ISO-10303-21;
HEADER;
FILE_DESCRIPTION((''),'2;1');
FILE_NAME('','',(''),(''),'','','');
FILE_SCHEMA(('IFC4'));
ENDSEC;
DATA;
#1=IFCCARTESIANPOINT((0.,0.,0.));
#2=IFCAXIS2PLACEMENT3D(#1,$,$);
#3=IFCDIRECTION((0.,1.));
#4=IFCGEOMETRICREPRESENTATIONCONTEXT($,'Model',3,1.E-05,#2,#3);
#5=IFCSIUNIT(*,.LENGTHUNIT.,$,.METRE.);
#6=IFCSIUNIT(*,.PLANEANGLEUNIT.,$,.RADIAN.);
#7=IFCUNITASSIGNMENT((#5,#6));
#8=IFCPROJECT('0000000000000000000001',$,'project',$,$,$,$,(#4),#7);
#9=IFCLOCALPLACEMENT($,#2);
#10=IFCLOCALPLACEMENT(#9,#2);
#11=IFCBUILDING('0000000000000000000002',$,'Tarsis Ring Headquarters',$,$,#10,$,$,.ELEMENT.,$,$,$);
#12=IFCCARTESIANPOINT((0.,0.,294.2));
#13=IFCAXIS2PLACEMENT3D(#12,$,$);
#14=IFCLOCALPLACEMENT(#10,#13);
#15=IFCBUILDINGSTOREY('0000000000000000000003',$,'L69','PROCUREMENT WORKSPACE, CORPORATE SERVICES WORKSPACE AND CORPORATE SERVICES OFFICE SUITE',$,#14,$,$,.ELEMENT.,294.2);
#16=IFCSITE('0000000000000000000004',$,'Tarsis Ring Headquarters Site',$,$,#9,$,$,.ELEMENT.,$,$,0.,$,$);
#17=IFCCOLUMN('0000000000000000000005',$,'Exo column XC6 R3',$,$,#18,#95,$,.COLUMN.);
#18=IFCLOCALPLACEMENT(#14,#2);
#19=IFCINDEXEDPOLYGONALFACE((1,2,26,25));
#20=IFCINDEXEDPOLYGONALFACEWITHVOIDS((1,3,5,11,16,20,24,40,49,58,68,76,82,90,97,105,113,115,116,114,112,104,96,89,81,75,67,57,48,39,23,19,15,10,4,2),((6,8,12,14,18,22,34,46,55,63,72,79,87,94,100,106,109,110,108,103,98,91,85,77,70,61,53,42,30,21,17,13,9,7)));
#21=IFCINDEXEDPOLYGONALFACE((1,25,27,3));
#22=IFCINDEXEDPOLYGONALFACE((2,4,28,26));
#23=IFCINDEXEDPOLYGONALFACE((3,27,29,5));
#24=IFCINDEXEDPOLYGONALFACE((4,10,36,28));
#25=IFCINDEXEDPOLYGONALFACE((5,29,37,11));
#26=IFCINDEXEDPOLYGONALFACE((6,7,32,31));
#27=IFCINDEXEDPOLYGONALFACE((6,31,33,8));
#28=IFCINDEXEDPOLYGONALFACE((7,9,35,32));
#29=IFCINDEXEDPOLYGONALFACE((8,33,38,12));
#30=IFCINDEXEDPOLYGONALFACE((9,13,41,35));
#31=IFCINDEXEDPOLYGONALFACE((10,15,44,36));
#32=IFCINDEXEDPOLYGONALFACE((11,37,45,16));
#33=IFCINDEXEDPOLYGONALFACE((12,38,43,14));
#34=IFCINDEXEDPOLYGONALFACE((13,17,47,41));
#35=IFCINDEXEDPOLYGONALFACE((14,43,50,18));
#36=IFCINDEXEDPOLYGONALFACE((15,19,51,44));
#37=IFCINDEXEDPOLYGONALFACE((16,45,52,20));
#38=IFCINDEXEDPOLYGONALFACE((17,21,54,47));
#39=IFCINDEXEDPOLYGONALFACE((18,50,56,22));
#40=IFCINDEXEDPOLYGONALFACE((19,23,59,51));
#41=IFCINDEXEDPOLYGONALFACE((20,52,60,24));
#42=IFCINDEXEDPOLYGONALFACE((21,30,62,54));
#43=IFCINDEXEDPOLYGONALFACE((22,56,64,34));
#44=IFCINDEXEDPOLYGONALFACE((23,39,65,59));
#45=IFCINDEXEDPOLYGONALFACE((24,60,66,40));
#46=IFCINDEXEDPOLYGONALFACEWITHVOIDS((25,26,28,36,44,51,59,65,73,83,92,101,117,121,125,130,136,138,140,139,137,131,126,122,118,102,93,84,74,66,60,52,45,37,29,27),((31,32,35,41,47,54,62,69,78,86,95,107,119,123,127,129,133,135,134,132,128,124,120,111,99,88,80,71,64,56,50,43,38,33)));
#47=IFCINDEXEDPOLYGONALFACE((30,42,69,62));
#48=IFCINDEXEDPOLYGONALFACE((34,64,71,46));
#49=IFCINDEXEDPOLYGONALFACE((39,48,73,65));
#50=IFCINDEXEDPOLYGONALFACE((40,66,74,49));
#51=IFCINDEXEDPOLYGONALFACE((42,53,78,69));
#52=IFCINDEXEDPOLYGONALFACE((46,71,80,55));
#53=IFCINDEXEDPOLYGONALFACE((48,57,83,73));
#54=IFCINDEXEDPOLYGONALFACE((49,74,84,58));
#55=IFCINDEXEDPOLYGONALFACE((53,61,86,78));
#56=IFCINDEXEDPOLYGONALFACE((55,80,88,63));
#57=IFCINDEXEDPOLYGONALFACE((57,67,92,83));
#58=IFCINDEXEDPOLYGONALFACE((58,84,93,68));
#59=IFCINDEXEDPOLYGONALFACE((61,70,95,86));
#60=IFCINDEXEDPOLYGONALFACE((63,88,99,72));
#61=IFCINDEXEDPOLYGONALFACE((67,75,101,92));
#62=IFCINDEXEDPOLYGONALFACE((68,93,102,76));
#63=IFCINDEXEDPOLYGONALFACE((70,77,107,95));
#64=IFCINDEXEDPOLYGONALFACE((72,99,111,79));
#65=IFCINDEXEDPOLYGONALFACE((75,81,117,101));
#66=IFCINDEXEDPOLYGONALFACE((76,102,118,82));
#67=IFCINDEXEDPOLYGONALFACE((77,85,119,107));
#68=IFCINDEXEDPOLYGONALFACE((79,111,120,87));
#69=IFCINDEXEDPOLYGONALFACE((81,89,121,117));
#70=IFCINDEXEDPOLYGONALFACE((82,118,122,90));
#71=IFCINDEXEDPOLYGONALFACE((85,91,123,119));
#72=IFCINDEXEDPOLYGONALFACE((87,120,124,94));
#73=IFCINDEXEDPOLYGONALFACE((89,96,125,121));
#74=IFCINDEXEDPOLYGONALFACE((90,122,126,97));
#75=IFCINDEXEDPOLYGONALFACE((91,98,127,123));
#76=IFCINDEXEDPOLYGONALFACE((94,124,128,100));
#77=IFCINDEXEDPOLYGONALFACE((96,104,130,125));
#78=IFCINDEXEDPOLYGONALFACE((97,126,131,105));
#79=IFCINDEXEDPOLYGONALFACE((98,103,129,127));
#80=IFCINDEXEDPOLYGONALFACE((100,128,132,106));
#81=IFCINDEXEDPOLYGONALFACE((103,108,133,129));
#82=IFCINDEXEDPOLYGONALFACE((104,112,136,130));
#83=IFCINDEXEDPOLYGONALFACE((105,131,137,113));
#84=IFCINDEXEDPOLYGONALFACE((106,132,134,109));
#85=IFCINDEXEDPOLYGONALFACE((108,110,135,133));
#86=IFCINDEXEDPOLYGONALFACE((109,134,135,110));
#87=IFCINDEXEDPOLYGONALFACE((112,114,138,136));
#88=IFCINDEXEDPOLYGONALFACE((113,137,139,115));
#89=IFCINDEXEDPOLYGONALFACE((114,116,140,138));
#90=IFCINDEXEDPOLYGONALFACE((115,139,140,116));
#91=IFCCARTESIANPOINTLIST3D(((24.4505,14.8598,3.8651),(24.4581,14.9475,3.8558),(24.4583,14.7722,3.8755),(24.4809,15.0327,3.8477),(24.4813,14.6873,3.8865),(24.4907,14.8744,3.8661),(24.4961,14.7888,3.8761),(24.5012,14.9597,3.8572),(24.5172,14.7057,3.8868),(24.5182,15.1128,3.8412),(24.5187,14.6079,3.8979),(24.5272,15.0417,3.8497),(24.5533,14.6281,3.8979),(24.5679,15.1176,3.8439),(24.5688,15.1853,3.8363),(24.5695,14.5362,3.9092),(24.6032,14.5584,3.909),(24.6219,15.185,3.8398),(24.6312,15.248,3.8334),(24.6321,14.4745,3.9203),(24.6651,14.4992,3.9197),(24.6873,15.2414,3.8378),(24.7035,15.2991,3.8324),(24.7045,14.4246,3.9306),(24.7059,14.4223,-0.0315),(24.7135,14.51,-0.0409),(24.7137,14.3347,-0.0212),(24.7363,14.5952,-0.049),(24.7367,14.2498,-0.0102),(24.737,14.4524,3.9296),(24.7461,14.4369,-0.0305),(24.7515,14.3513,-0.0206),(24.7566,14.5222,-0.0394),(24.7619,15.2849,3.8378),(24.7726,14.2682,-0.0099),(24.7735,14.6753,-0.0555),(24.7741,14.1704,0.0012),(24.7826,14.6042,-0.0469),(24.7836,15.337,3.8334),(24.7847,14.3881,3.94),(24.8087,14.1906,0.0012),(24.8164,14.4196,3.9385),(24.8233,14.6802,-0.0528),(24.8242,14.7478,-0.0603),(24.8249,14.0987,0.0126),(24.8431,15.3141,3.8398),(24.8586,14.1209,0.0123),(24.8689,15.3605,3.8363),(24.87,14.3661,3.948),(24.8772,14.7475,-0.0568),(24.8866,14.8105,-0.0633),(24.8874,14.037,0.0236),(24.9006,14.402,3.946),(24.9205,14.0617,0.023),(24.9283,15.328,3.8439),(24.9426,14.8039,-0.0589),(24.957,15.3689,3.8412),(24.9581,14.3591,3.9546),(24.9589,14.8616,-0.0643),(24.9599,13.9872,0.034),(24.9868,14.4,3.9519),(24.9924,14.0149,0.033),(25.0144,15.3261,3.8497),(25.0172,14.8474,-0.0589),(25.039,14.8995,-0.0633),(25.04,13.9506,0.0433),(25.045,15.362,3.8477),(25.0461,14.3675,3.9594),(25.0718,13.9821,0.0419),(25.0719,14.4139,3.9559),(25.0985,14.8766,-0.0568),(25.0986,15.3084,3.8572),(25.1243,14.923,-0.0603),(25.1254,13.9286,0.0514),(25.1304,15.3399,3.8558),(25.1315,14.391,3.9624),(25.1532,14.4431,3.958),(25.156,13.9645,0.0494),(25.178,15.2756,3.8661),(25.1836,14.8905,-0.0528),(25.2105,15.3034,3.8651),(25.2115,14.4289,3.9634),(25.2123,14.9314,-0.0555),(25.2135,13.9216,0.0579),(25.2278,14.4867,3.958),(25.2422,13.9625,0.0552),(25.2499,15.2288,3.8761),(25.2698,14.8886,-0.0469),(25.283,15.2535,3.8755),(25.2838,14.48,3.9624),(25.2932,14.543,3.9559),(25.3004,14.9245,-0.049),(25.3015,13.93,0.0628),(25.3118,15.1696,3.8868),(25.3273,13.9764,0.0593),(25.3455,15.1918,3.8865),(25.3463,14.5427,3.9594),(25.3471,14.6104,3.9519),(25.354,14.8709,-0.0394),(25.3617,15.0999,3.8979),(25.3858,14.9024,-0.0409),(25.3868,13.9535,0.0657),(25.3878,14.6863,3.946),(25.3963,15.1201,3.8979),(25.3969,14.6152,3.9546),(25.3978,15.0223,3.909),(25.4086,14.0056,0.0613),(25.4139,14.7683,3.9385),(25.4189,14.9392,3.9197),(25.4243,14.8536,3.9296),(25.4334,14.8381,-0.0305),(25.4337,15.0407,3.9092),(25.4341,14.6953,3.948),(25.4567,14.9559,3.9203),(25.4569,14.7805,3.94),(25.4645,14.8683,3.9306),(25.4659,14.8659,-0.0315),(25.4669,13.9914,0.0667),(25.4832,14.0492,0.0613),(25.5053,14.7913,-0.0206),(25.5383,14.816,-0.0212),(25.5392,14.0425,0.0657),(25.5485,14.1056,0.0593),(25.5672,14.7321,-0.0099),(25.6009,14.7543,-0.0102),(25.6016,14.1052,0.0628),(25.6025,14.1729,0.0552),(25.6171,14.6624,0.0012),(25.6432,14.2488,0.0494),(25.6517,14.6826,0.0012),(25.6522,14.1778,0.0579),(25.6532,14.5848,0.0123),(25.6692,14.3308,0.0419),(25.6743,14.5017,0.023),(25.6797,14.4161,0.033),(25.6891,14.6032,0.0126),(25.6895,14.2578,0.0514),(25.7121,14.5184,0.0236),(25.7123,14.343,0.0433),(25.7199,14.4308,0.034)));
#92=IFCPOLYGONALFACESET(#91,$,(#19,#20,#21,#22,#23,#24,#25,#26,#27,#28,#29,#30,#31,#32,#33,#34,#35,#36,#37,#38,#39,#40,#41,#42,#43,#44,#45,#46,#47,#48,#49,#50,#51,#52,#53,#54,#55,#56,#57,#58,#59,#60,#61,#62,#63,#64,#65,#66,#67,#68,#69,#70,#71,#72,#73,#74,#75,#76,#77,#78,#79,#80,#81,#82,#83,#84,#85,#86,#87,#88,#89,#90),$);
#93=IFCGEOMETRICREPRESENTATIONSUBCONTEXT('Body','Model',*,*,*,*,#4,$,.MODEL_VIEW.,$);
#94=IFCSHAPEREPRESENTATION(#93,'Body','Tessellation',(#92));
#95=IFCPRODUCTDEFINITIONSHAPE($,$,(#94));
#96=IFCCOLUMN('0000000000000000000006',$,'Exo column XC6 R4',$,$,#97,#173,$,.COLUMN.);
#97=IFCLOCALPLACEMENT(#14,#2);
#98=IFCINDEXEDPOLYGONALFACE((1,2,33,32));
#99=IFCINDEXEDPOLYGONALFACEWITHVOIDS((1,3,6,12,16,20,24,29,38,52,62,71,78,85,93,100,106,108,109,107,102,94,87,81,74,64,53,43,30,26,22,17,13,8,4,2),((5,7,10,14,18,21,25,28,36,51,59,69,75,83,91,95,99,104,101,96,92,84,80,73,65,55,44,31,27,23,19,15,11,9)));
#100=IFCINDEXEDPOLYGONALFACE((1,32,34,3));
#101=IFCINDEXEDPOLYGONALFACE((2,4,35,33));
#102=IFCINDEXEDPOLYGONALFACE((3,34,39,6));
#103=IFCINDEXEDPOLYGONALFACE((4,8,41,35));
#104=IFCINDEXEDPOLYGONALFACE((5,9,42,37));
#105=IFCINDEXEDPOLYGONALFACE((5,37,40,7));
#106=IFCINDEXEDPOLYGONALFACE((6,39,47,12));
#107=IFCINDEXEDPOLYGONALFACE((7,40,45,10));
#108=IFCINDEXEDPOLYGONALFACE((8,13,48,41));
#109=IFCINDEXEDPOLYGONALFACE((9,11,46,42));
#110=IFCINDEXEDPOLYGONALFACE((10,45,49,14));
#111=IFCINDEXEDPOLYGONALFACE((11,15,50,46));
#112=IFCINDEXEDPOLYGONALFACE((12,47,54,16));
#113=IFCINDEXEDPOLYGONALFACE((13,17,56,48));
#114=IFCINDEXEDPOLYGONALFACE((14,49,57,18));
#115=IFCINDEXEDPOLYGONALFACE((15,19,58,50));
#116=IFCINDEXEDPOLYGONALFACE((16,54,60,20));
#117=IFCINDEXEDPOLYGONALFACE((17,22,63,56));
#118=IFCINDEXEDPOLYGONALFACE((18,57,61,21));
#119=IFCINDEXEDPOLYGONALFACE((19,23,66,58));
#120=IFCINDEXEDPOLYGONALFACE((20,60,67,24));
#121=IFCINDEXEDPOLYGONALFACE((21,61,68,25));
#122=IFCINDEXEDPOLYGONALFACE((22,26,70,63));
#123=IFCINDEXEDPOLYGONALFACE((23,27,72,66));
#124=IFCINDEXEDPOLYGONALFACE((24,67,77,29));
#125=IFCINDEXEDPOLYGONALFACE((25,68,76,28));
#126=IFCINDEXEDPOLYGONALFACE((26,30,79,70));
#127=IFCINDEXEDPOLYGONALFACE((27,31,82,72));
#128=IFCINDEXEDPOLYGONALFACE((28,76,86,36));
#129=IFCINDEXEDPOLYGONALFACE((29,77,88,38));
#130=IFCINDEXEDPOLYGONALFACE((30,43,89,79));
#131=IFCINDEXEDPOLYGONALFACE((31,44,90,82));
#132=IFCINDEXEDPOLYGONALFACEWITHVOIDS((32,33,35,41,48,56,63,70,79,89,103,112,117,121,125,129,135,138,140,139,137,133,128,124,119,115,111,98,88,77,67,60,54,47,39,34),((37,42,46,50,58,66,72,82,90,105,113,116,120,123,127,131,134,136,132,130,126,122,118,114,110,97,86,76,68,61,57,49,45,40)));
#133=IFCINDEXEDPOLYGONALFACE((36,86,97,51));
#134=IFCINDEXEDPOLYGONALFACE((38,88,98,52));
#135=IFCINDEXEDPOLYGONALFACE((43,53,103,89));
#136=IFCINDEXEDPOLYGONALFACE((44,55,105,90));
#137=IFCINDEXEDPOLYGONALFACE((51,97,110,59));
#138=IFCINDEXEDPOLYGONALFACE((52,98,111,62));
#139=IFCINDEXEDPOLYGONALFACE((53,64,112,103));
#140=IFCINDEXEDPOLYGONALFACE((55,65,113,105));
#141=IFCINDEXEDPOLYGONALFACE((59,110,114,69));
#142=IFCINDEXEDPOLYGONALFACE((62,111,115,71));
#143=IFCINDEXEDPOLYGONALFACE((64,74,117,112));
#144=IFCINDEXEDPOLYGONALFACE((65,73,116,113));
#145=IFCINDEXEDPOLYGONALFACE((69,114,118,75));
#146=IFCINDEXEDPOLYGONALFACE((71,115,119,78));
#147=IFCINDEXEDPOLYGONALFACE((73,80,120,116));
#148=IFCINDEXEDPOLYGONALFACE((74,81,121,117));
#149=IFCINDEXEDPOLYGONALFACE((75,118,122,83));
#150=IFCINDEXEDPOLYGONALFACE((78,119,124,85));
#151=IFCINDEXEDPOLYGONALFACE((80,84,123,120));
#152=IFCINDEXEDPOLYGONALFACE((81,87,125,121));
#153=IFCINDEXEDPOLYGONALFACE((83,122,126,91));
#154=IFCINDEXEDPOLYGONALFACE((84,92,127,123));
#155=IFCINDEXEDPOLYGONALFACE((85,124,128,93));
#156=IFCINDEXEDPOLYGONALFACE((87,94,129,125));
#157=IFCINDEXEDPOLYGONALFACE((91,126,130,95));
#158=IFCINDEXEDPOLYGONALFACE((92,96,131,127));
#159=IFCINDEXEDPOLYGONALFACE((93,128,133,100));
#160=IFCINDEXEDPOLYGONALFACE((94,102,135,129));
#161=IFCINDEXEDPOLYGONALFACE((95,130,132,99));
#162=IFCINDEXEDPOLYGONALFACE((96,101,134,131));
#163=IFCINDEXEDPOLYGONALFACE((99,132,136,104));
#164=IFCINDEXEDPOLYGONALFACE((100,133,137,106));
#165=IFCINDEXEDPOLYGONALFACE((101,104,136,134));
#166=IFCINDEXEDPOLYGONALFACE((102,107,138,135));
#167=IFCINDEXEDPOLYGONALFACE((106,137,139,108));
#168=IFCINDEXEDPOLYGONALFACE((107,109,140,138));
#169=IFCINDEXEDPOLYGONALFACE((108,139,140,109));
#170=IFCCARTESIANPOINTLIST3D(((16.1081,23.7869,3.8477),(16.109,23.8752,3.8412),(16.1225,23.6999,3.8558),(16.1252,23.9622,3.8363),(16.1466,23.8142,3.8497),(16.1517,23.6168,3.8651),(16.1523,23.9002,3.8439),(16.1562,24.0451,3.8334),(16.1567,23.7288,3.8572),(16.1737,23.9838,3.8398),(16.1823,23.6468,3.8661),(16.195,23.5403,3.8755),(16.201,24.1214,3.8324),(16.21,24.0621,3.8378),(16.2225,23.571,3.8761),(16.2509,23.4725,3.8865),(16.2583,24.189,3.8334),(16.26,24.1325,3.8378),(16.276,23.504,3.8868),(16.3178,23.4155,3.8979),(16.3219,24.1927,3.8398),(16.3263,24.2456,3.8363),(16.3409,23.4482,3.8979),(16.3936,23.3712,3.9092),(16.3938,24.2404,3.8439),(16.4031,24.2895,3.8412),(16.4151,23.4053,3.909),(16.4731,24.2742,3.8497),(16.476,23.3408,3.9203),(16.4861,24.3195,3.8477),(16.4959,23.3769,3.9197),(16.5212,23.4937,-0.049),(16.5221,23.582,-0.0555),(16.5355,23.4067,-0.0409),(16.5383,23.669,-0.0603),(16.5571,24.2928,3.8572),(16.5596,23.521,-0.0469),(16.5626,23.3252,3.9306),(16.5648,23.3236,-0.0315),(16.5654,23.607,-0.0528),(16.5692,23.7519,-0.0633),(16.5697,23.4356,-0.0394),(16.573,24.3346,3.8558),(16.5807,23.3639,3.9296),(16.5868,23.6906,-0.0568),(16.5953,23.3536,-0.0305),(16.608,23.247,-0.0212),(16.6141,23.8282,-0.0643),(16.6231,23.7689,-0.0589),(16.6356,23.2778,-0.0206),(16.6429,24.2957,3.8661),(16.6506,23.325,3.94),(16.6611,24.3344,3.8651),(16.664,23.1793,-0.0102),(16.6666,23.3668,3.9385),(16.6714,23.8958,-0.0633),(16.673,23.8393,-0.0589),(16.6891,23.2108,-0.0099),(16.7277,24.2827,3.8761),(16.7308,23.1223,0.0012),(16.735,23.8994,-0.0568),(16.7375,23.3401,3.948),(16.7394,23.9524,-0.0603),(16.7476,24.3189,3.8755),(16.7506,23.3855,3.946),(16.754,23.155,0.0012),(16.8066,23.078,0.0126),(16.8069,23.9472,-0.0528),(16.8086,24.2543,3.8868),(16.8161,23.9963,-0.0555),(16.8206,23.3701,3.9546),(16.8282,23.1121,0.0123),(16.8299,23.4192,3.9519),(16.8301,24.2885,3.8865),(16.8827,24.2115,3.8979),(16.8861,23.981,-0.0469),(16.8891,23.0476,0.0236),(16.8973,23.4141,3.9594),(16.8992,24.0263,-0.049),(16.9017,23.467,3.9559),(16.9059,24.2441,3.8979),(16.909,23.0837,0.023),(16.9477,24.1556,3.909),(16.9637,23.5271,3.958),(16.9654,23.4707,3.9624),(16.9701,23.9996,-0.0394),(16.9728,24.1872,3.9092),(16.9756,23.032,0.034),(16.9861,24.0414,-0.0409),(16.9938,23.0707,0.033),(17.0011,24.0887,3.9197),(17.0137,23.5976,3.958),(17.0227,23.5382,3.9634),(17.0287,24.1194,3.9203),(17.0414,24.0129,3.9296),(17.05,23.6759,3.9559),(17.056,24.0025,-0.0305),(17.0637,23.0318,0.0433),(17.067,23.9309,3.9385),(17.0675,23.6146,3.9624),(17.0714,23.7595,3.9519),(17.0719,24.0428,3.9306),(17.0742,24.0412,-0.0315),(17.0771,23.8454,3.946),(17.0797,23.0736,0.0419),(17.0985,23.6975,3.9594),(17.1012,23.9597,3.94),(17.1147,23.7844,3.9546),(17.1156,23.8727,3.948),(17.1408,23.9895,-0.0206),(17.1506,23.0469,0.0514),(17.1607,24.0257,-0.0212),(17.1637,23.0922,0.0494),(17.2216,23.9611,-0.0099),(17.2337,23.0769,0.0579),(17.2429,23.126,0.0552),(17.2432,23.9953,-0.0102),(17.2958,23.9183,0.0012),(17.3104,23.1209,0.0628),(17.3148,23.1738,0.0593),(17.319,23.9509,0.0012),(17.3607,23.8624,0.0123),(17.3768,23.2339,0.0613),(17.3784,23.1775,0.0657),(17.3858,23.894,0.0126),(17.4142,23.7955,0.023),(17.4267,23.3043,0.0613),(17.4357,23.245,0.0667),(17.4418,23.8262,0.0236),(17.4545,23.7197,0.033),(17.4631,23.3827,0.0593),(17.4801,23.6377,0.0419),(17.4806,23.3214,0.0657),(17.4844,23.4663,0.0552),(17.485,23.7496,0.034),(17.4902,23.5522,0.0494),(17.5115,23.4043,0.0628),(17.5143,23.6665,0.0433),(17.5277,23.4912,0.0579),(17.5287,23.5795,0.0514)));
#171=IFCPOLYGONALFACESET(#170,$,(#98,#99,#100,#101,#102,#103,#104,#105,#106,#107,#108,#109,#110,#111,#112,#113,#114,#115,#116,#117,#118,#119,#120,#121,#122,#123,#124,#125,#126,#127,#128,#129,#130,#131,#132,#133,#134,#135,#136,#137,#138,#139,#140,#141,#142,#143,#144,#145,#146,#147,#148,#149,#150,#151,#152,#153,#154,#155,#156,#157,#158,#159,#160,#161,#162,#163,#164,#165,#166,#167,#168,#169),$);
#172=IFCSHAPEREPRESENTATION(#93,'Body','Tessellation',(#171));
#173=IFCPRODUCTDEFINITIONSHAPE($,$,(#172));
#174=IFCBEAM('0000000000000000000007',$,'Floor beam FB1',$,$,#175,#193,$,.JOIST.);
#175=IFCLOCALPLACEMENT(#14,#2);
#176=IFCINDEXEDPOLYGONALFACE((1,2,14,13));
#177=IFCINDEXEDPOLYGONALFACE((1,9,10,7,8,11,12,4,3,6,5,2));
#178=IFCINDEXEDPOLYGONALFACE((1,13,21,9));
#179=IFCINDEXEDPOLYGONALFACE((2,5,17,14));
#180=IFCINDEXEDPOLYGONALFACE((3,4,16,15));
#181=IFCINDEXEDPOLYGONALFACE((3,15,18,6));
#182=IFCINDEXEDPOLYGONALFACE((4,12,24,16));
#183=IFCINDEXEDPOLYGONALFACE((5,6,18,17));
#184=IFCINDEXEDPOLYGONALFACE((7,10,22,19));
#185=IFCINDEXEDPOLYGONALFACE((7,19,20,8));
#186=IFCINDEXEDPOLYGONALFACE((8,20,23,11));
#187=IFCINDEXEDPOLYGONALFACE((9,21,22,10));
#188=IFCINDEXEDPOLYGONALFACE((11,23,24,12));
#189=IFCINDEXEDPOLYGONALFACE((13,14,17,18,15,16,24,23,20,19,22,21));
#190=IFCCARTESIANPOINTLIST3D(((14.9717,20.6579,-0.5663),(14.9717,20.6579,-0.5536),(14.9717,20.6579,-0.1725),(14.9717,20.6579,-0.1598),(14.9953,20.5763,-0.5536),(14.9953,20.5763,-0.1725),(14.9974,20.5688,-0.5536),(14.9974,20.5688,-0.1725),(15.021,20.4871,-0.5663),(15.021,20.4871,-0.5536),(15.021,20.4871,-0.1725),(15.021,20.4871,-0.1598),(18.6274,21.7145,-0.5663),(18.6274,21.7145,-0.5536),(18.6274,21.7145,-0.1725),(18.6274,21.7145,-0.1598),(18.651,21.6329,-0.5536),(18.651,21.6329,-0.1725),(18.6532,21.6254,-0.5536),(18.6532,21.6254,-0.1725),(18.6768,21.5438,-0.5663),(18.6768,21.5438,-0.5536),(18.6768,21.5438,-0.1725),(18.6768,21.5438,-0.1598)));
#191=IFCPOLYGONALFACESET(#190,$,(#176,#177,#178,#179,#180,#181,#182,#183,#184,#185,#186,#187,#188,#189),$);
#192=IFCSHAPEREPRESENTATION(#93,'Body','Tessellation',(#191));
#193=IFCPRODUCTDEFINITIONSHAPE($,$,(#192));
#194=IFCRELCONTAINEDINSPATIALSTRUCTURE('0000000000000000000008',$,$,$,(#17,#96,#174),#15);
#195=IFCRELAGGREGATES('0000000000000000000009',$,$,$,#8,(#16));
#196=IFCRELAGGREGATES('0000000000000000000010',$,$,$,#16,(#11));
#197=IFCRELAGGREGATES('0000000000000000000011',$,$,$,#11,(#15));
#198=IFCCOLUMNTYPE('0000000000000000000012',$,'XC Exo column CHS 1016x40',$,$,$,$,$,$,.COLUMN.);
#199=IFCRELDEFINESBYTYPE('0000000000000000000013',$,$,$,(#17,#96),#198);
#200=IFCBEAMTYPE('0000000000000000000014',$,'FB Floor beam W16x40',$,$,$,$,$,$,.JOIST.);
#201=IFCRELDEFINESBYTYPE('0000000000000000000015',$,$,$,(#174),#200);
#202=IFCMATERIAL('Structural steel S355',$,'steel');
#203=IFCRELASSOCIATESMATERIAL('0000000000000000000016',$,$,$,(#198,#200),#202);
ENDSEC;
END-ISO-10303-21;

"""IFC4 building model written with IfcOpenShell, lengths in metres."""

from ifc_helpers import new_model, si_unit, direction, frame, origin, origin_2d, place, context, subcontext, project, spatial, hollow_circle, i_section, extrude, material, material_profile, profile_set, type_object, element, save


model = new_model("IFC4")

# Units and contexts
model_context = context("Model", 3, precision=1e-05, world=origin(), true_north=direction((0.0, 1.0)))
body_context = subcontext(model_context, "Body", "Model", "MODEL_VIEW")
ifc_project = project(units=[si_unit("LENGTHUNIT", "METRE"), si_unit("PLANEANGLEUNIT", "RADIAN")], contexts=[model_context])

# Site, building, storey
site_placement = place(None, origin())
site = spatial("IfcSite", under=ifc_project, at=site_placement, Name="Tarsis Ring Headquarters Site", CompositionType="ELEMENT", RefElevation=0.0)
building_placement = place(site_placement, origin())
building = spatial("IfcBuilding", under=site, at=building_placement, Name="Tarsis Ring Headquarters", CompositionType="ELEMENT")
storey_placement = place(building_placement, frame((0.0, 0.0, 294.2)))
storey = spatial("IfcBuildingStorey", under=building, at=storey_placement, Name="L69", Description="PROCUREMENT WORKSPACE, CORPORATE SERVICES WORKSPACE AND CORPORATE SERVICES OFFICE SUITE", CompositionType="ELEMENT", Elevation=294.2)

# Columns
ifc_material_1 = material(Name="Structural steel S355", Category="steel")
ifc_material_profile_1 = material_profile(ifc_material_1, hollow_circle(Radius=0.5081, WallThickness=0.04, at=origin_2d()), Name="CHS 1016x40")
ifc_profile_set_1 = profile_set([ifc_material_profile_1], Name="Structural steel S355")
column_type = type_object("IfcColumnType", Name="XC Exo column CHS 1016x40", PredefinedType="COLUMN", material=ifc_profile_set_1)
for number, where, z_axis, x_axis, name in (
    (1, (25.2129, 14.4265, 0.0012), (-0.064988, 0.111337, 0.991656), (-0.863639, -0.504111, 0.0), "Exo column XC6 R3"),
    (2, (17.0249, 23.5366, 0.0012), (-0.105124, 0.074618, 0.991656), (-0.578819, -0.815456, 0.0), "Exo column XC6 R4"),
):
    element("IfcColumn", number, at=place(storey_placement, frame(where, z_axis=z_axis, x_axis=x_axis)), inside=storey, type_object=column_type, Name=name, PredefinedType="COLUMN", context=body_context, shape_type="SweptSolid", body=[
        extrude(hollow_circle(Radius=0.5081, WallThickness=0.04, at=origin_2d()), origin(), (0.0, 0.0, 1.0), 3.9294),
    ])

# Beam
ifc_material_profile_2 = material_profile(ifc_material_1, i_section(OverallWidth=0.1777, OverallDepth=0.4065, WebThickness=0.0078, FlangeThickness=0.0127, at=origin_2d()), Name="W16x40")
ifc_profile_set_2 = profile_set([ifc_material_profile_2], Name="Structural steel S355")
beam_type_1 = type_object("IfcBeamType", Name="FB Floor beam W16x40", PredefinedType="JOIST", material=ifc_profile_set_2)
beam_1_placement = place(storey_placement, frame((14.9963, 20.5725, -0.363), z_axis=(0.960677, 0.277669, 0.0), x_axis=(-0.277669, 0.960677, 0.0)))
element("IfcBeam", 3, at=beam_1_placement, inside=storey, type_object=beam_type_1, Name="Floor beam FB1", PredefinedType="JOIST", context=body_context, shape_type="SweptSolid", body=[
    extrude(i_section(OverallWidth=0.1777, OverallDepth=0.4065, WebThickness=0.0078, FlangeThickness=0.0127, at=origin_2d()), origin(), (0.0, 0.0, 1.0), 3.8054),
])

save(model, "model.ifc")
